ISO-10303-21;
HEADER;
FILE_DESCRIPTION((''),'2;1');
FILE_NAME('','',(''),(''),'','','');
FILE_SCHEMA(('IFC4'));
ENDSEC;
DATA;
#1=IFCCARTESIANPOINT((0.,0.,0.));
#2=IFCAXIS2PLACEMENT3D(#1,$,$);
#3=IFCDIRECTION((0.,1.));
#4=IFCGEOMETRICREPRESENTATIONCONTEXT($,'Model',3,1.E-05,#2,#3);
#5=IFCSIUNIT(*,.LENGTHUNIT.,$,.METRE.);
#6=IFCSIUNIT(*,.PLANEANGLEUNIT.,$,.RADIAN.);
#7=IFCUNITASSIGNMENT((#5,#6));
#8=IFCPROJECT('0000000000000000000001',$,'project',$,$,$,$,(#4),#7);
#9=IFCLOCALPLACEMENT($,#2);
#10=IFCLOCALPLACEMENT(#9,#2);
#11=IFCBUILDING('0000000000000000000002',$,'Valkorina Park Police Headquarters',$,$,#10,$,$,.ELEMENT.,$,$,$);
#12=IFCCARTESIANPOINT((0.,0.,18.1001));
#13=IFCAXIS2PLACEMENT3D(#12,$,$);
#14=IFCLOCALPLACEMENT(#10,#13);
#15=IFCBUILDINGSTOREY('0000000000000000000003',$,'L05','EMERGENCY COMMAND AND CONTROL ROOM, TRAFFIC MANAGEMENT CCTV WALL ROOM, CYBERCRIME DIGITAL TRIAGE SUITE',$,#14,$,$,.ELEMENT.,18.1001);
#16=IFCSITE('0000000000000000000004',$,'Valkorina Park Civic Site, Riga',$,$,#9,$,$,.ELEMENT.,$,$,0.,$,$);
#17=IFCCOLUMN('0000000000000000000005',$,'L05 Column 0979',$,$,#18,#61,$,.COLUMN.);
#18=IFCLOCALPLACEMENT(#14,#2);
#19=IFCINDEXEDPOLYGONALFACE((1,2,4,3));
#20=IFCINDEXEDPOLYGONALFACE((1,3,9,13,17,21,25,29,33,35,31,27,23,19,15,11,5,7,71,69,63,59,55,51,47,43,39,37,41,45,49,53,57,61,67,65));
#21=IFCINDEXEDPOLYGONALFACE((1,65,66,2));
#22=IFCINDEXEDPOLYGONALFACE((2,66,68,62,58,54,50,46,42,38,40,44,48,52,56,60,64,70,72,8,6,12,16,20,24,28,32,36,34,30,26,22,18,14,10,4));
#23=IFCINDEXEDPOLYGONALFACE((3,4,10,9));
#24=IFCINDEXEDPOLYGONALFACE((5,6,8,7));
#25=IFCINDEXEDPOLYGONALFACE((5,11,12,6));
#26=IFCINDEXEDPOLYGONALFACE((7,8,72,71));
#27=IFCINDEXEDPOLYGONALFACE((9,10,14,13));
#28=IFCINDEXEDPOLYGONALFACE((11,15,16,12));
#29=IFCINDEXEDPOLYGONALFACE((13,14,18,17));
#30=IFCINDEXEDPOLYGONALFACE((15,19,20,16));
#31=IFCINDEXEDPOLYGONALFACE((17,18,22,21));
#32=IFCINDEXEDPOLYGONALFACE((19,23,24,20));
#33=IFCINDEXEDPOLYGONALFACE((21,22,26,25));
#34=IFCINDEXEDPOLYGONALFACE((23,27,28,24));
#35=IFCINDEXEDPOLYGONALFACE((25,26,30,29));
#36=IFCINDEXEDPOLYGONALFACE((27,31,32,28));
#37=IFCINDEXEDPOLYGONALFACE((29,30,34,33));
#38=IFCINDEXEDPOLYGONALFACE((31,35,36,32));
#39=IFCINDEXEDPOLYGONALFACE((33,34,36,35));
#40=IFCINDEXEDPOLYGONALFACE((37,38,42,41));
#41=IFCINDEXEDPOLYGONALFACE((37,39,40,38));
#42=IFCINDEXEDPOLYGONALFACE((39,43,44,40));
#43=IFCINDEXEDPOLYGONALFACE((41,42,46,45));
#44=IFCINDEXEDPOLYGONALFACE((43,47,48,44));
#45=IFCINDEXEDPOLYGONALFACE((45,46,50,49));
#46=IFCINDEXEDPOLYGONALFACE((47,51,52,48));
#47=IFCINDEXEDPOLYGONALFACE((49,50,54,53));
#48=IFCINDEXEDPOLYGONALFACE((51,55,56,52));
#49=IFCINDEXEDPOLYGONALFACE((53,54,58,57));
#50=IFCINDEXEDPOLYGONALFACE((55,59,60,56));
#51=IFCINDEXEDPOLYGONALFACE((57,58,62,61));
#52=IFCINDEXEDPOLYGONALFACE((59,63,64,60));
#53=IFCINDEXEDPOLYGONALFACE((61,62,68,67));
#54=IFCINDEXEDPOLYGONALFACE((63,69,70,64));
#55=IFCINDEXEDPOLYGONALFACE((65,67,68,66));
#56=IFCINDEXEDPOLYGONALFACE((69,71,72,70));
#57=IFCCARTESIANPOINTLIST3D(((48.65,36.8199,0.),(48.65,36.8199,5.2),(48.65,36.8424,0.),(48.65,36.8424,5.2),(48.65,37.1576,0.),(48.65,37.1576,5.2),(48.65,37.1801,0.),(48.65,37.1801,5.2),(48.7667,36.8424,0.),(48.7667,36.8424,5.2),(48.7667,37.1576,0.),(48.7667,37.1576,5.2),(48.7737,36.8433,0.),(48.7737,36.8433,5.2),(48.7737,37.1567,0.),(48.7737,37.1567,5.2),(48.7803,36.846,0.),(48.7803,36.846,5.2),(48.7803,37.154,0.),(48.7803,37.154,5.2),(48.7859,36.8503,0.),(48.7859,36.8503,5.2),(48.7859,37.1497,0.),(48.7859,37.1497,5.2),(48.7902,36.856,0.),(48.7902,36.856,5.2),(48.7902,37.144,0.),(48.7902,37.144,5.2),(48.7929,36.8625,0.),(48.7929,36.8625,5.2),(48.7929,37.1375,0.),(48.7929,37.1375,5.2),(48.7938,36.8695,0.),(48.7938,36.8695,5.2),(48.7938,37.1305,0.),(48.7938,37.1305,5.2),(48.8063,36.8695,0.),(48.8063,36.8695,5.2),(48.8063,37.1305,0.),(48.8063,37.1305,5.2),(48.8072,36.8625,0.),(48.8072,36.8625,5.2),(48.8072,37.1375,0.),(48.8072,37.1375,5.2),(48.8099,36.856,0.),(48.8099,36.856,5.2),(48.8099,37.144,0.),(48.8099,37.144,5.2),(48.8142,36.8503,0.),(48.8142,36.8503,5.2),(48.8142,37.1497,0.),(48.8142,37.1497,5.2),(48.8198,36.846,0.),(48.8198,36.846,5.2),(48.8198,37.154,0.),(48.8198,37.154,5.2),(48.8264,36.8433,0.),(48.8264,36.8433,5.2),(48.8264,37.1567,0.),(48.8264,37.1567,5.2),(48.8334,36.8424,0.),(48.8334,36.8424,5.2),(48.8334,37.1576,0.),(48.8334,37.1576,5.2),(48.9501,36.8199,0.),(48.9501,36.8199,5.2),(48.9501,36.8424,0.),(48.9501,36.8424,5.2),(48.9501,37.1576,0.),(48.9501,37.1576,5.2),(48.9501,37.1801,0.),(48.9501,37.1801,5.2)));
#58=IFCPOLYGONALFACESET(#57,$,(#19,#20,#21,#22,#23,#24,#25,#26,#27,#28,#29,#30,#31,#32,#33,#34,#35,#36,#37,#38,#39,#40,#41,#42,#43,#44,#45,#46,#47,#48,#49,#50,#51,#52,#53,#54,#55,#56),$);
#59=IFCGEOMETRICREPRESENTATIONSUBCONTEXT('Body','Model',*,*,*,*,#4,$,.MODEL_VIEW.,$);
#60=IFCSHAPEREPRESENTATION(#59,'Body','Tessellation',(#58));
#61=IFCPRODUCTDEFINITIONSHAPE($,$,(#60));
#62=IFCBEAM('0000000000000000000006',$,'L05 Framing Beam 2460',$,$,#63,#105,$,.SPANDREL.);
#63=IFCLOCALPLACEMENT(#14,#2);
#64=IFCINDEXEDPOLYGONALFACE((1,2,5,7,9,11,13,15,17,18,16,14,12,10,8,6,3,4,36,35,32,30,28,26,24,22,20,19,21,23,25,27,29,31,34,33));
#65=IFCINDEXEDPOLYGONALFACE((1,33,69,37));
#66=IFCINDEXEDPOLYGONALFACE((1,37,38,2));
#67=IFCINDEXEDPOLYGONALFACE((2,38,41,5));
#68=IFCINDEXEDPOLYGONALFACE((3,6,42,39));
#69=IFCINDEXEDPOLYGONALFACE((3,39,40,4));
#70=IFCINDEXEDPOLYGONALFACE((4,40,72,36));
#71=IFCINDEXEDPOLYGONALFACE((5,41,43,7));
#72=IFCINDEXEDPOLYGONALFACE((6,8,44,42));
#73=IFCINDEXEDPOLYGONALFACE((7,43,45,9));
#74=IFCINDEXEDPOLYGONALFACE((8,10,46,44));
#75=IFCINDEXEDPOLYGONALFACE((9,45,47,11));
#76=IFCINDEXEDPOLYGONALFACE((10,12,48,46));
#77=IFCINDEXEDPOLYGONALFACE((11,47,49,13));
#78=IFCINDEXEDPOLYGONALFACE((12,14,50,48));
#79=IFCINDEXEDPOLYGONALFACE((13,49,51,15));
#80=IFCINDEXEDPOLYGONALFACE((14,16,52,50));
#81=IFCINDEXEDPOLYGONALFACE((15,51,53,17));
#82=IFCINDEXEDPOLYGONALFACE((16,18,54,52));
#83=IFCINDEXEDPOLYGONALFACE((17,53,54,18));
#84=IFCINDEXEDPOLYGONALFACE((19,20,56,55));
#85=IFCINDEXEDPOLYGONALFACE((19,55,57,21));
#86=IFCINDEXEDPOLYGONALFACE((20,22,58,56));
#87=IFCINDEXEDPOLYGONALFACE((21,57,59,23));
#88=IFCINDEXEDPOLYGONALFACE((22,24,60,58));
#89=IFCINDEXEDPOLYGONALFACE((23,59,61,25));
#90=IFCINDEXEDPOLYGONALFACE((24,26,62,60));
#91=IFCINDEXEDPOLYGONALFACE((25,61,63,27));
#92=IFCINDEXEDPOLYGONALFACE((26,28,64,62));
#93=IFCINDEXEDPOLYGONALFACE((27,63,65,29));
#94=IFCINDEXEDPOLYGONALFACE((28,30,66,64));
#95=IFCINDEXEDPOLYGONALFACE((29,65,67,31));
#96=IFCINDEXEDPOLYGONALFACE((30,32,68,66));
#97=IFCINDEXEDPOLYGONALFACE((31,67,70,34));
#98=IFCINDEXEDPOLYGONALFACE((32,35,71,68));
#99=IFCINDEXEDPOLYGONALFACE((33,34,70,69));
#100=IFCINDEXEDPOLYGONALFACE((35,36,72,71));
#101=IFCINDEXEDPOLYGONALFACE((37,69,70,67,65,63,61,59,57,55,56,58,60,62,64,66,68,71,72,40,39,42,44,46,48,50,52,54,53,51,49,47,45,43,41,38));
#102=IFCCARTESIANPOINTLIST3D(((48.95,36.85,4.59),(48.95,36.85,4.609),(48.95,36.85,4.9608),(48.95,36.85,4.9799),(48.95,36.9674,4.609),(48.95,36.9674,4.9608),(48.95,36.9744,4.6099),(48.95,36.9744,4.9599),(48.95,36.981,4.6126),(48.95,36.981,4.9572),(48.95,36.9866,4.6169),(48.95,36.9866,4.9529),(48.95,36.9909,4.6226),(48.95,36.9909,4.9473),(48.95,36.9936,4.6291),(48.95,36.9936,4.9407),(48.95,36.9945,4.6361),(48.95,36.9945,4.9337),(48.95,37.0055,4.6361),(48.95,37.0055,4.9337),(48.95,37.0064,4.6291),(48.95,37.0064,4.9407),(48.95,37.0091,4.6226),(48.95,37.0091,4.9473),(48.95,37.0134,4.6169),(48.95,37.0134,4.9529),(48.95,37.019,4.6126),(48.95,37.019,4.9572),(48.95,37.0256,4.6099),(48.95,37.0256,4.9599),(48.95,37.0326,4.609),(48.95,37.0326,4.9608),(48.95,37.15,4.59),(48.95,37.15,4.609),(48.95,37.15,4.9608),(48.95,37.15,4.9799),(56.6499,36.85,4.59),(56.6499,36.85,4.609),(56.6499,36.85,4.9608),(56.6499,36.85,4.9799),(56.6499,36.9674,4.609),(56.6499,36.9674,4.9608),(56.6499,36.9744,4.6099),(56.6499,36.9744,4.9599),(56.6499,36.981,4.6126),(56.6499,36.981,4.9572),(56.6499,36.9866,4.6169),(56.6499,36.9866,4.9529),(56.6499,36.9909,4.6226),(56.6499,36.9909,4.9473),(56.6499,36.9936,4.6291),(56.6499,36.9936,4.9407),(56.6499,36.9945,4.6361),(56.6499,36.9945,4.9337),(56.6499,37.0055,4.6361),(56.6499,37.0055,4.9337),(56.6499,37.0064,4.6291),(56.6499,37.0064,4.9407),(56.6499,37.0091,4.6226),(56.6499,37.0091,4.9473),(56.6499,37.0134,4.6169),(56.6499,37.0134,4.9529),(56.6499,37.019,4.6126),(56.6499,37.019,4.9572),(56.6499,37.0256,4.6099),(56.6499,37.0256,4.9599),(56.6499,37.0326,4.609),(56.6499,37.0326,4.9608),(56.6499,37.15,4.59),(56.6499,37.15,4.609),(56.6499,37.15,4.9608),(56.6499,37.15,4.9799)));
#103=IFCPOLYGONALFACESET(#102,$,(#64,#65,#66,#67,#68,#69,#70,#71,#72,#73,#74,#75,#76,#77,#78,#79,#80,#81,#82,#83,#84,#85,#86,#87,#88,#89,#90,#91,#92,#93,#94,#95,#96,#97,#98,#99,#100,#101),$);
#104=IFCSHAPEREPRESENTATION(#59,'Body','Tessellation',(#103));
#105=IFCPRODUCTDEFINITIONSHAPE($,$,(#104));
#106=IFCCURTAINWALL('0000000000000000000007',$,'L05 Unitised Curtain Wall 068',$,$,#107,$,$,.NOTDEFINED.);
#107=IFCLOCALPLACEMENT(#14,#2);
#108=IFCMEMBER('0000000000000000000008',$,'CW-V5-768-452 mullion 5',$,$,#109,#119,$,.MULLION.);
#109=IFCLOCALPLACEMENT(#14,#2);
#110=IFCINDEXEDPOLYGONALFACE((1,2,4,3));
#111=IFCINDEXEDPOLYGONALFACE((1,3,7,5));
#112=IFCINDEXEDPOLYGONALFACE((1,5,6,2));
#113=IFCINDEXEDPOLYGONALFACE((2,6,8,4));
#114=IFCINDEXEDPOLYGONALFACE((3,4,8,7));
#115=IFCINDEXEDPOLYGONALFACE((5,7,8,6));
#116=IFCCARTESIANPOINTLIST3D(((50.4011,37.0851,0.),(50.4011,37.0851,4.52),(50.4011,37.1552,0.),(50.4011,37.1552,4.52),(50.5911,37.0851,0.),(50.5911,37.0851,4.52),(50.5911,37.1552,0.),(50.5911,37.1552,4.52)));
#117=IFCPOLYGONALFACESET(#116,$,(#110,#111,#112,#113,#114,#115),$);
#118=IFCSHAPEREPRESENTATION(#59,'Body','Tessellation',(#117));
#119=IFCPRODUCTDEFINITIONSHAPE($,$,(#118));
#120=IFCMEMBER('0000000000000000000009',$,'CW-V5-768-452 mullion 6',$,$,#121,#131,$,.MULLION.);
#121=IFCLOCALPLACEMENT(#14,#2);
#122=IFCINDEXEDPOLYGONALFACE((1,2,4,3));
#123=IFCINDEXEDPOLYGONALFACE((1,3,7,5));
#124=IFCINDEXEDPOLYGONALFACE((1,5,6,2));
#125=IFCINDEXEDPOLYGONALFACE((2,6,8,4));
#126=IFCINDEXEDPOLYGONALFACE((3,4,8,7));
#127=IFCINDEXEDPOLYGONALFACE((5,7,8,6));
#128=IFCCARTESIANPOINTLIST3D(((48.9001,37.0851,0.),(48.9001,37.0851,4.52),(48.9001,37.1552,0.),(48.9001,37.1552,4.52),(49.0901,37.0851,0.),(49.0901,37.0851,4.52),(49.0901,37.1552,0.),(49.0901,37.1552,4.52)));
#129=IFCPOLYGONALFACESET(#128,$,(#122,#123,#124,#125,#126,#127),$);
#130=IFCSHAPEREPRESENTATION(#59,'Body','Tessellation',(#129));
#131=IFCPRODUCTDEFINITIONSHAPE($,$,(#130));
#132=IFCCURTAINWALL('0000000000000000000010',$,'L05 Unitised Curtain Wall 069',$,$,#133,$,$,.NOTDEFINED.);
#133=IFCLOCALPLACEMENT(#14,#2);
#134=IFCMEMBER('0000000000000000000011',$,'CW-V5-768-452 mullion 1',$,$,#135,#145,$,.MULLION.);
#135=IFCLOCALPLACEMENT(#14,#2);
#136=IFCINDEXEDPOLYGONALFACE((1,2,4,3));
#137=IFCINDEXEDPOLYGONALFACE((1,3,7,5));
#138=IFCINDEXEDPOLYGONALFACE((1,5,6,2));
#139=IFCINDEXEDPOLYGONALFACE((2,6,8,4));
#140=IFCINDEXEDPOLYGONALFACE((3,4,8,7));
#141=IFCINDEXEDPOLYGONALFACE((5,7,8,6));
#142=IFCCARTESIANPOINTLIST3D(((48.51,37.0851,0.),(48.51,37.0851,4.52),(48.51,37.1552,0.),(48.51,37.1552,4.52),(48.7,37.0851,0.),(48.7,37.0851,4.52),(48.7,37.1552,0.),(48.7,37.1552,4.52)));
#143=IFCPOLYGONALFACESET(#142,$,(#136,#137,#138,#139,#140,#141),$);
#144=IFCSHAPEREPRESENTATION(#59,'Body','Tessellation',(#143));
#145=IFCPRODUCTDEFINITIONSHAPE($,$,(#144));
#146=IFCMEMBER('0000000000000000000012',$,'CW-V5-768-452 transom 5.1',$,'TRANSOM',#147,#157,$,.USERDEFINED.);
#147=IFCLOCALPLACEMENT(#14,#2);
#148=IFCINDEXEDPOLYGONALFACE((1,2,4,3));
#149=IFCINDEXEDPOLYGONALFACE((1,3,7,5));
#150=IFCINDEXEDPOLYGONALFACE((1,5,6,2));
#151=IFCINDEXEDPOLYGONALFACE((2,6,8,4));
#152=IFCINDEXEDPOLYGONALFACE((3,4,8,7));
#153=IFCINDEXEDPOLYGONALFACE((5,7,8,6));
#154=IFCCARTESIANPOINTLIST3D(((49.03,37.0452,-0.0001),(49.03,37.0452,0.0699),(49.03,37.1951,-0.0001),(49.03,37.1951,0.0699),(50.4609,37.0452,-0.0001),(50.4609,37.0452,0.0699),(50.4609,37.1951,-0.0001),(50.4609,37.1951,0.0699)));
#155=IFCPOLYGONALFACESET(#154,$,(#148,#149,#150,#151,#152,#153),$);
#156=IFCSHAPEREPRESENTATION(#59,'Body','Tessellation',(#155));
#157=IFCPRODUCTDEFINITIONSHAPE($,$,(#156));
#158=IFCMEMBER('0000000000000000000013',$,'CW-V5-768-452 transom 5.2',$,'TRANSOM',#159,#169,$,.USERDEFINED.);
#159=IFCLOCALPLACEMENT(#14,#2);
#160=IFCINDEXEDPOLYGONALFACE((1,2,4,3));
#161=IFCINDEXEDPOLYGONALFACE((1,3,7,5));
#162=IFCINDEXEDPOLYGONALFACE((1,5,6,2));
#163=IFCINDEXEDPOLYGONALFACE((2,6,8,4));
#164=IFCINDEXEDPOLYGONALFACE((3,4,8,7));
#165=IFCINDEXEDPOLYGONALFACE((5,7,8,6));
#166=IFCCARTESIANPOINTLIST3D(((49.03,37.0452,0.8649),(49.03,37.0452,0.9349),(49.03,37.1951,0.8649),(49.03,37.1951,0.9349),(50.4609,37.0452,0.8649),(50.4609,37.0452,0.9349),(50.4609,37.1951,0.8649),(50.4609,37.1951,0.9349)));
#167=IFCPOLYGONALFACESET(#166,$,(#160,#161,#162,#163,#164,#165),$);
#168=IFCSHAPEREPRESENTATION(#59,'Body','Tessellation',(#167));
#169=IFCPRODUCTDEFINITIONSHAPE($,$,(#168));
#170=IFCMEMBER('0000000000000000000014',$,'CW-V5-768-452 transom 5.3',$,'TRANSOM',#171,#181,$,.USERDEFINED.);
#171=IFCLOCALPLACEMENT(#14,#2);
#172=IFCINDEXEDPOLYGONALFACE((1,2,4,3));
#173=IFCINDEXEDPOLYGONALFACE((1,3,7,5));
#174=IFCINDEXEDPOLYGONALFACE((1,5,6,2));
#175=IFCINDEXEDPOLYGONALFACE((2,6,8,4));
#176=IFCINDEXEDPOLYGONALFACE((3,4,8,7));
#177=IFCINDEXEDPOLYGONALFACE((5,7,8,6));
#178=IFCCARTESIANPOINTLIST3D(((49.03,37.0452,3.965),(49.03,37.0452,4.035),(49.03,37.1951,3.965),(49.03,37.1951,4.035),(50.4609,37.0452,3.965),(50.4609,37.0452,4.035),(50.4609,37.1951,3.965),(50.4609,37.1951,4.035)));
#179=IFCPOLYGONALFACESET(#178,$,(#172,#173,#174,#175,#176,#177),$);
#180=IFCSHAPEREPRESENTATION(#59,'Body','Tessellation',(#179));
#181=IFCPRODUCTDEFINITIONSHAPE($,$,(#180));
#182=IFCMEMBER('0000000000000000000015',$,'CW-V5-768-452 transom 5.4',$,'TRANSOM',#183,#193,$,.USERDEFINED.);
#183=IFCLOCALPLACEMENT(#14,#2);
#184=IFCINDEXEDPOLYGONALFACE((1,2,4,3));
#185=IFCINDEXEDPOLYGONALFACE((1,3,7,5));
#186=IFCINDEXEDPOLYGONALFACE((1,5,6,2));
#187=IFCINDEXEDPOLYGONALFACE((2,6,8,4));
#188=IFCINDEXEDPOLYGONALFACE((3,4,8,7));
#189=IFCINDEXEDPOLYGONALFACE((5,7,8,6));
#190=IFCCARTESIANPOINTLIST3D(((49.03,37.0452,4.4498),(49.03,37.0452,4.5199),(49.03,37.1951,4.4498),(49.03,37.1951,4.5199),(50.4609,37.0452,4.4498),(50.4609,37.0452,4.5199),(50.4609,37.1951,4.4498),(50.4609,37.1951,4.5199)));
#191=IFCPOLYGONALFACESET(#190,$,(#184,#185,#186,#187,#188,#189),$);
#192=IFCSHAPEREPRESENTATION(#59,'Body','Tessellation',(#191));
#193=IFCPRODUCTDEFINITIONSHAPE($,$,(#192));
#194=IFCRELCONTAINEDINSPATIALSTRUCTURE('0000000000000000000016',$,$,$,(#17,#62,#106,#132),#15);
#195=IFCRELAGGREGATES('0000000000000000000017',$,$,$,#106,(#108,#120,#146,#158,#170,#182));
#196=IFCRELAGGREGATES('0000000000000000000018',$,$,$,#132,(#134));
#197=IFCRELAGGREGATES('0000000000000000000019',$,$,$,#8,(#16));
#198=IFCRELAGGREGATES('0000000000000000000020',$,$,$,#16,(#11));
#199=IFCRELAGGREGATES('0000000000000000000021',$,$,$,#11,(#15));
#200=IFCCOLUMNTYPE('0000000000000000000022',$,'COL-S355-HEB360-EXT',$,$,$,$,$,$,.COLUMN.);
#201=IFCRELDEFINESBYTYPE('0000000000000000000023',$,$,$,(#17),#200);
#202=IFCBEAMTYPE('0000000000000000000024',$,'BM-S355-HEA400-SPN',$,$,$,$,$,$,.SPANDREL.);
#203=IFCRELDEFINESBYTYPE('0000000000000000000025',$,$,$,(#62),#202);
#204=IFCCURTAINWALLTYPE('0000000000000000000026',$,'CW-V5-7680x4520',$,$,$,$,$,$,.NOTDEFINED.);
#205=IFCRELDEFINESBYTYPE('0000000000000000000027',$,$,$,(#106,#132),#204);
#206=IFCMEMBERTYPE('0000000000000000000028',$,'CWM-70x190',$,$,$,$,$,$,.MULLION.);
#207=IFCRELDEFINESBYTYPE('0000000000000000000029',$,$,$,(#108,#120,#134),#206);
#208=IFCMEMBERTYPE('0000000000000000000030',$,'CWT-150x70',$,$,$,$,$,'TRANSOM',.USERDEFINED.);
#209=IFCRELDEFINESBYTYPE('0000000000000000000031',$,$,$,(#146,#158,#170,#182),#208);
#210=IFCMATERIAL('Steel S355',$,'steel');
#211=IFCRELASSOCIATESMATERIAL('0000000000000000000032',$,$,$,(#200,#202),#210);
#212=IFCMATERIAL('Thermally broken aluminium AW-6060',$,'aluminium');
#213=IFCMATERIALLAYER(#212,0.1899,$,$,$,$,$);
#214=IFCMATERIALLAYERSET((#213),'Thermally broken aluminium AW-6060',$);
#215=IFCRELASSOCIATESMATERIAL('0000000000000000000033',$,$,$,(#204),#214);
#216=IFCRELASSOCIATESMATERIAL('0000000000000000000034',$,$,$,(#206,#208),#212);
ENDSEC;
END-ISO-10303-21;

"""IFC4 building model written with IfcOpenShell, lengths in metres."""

from ifc_helpers import new_model, si_unit, direction, frame, origin, origin_2d, place, context, subcontext, project, spatial, rectangle, i_section, extrude, material, layer, layer_set, material_profile, profile_set, type_object, element, aggregate, save


model = new_model("IFC4")

# Units and contexts
model_context = context("Model", 3, precision=1e-05, world=origin(), true_north=direction((0.0, 1.0)))
body_context = subcontext(model_context, "Body", "Model", "MODEL_VIEW")
ifc_project = project(units=[si_unit("LENGTHUNIT", "METRE"), si_unit("PLANEANGLEUNIT", "RADIAN")], contexts=[model_context])

# Site, building, storey
site_placement = place(None, origin())
site = spatial("IfcSite", under=ifc_project, at=site_placement, Name="Valkorina Park Civic Site, Riga", CompositionType="ELEMENT", RefElevation=0.0)
building_placement = place(site_placement, origin())
building = spatial("IfcBuilding", under=site, at=building_placement, Name="Valkorina Park Police Headquarters", CompositionType="ELEMENT")
storey_placement = place(building_placement, frame((0.0, 0.0, 18.1001)))
storey = spatial("IfcBuildingStorey", under=building, at=storey_placement, Name="L05", Description="EMERGENCY COMMAND AND CONTROL ROOM, TRAFFIC MANAGEMENT CCTV WALL ROOM, CYBERCRIME DIGITAL TRIAGE SUITE", CompositionType="ELEMENT", Elevation=18.1001)

# Column
ifc_material_1 = material(Name="Steel S355", Category="steel")
ifc_material_profile_1 = material_profile(ifc_material_1, i_section(OverallWidth=0.3, OverallDepth=0.3601, WebThickness=0.0125, FlangeThickness=0.0225, FilletRadius=0.0271, at=origin_2d()), Name="HEB 360")
ifc_profile_set_1 = profile_set([ifc_material_profile_1], Name="Steel S355")
column_type = type_object("IfcColumnType", Name="COL-S355-HEB360-EXT", PredefinedType="COLUMN", material=ifc_profile_set_1)
column_placement = place(storey_placement, frame((48.8, 37.0, 0.0), z_axis=(0.0, 0.0, 1.0), x_axis=(1.0, 0.0, 0.0)))
element("IfcColumn", 1, at=column_placement, inside=storey, type_object=column_type, Name="L05 Column 0979", PredefinedType="COLUMN", context=body_context, shape_type="SweptSolid", body=[
    extrude(i_section(OverallWidth=0.3, OverallDepth=0.3601, WebThickness=0.0125, FlangeThickness=0.0225, FilletRadius=0.0271, at=origin_2d()), origin(), (0.0, 0.0, 1.0), 5.2),
])

# Beam
ifc_material_profile_2 = material_profile(ifc_material_1, i_section(OverallWidth=0.3, OverallDepth=0.3899, WebThickness=0.011, FlangeThickness=0.019, FilletRadius=0.0271, at=origin_2d()), Name="HEA 400")
ifc_profile_set_2 = profile_set([ifc_material_profile_2], Name="Steel S355")
beam_type = type_object("IfcBeamType", Name="BM-S355-HEA400-SPN", PredefinedType="SPANDREL", material=ifc_profile_set_2)
beam_placement = place(storey_placement, frame((48.95, 37.0, 4.7849), z_axis=(1.0, 0.0, 0.0), x_axis=(0.0, 1.0, 0.0)))
element("IfcBeam", 2, at=beam_placement, inside=storey, type_object=beam_type, Name="L05 Framing Beam 2460", PredefinedType="SPANDREL", context=body_context, shape_type="SweptSolid", body=[
    extrude(i_section(OverallWidth=0.3, OverallDepth=0.3899, WebThickness=0.011, FlangeThickness=0.019, FilletRadius=0.0271, at=origin_2d()), origin(), (0.0, 0.0, 1.0), 7.7),
])

# Curtain wall, members
ifc_material_2 = material(Name="Thermally broken aluminium AW-6060", Category="aluminium")
ifc_layer_1 = layer(ifc_material_2, 0.1899)
ifc_layer_set_1 = layer_set([ifc_layer_1], Name="Thermally broken aluminium AW-6060")
curtain_wall_type = type_object("IfcCurtainWallType", Name="CW-V5-7680x4520", PredefinedType="NOTDEFINED", material=ifc_layer_set_1)
curtain_wall_1_placement = place(storey_placement, origin())
curtain_wall_1 = element("IfcCurtainWall", 3, at=curtain_wall_1_placement, inside=storey, type_object=curtain_wall_type, Name="L05 Unitised Curtain Wall 068", PredefinedType="NOTDEFINED")
ifc_material_profile_3 = material_profile(ifc_material_2, rectangle(XDim=0.0701, YDim=0.1899, at=origin_2d()), Name="CWM-02 70x190")
ifc_profile_set_3 = profile_set([ifc_material_profile_3], Name="Thermally broken aluminium AW-6060")
member_type_1 = type_object("IfcMemberType", Name="CWM-70x190", PredefinedType="MULLION", material=ifc_profile_set_3)
member_1_placement = place(storey_placement, frame((50.4961, 37.1201, 0.0), z_axis=(0.0, 0.0, 1.0), x_axis=(0.0, -1.0, 0.0)))
member_1 = element("IfcMember", 4, at=member_1_placement, type_object=member_type_1, Name="CW-V5-768-452 mullion 5", PredefinedType="MULLION", context=body_context, shape_type="SweptSolid", body=[
    extrude(rectangle(XDim=0.0701, YDim=0.1899, at=origin_2d()), origin(), (0.0, 0.0, 1.0), 4.52),
])
member_2_placement = place(storey_placement, frame((48.9951, 37.1201, 0.0), z_axis=(0.0, 0.0, 1.0), x_axis=(0.0, -1.0, 0.0)))
member_2 = element("IfcMember", 5, at=member_2_placement, type_object=member_type_1, Name="CW-V5-768-452 mullion 6", PredefinedType="MULLION", context=body_context, shape_type="SweptSolid", body=[
    extrude(rectangle(XDim=0.0701, YDim=0.1899, at=origin_2d()), origin(), (0.0, 0.0, 1.0), 4.52),
])

# Curtain wall, member
curtain_wall_2_placement = place(storey_placement, origin())
curtain_wall_2 = element("IfcCurtainWall", 6, at=curtain_wall_2_placement, inside=storey, type_object=curtain_wall_type, Name="L05 Unitised Curtain Wall 069", PredefinedType="NOTDEFINED")
member_3_placement = place(storey_placement, frame((48.605, 37.1201, 0.0), z_axis=(0.0, 0.0, 1.0), x_axis=(0.0, -1.0, 0.0)))
member_3 = element("IfcMember", 7, at=member_3_placement, type_object=member_type_1, Name="CW-V5-768-452 mullion 1", PredefinedType="MULLION", context=body_context, shape_type="SweptSolid", body=[
    extrude(rectangle(XDim=0.0701, YDim=0.1899, at=origin_2d()), origin(), (0.0, 0.0, 1.0), 4.52),
])

# Members
ifc_material_profile_4 = material_profile(ifc_material_2, rectangle(XDim=0.1499, YDim=0.0701, at=origin_2d()), Name="CWT-02 150x70")
ifc_profile_set_4 = profile_set([ifc_material_profile_4], Name="Thermally broken aluminium AW-6060")
member_type_2 = type_object("IfcMemberType", Name="CWT-150x70", ElementType="TRANSOM", PredefinedType="USERDEFINED", material=ifc_profile_set_4)
member_4_placement = place(storey_placement, frame((50.4609, 37.1201, 0.0349), z_axis=(-1.0, 0.0, 0.0), x_axis=(0.0, -1.0, 0.0)))
member_4 = element("IfcMember", 8, at=member_4_placement, type_object=member_type_2, Name="CW-V5-768-452 transom 5.1", ObjectType="TRANSOM", PredefinedType="USERDEFINED", context=body_context, shape_type="SweptSolid", body=[
    extrude(rectangle(XDim=0.1499, YDim=0.0701, at=origin_2d()), origin(), (0.0, 0.0, 1.0), 1.4309),
])
member_5_placement = place(storey_placement, frame((50.4609, 37.1201, 0.8999), z_axis=(-1.0, 0.0, 0.0), x_axis=(0.0, -1.0, 0.0)))
member_5 = element("IfcMember", 9, at=member_5_placement, type_object=member_type_2, Name="CW-V5-768-452 transom 5.2", ObjectType="TRANSOM", PredefinedType="USERDEFINED", context=body_context, shape_type="SweptSolid", body=[
    extrude(rectangle(XDim=0.1499, YDim=0.0701, at=origin_2d()), origin(), (0.0, 0.0, 1.0), 1.4309),
])
member_6_placement = place(storey_placement, frame((50.4609, 37.1201, 4.0), z_axis=(-1.0, 0.0, 0.0), x_axis=(0.0, -1.0, 0.0)))
member_6 = element("IfcMember", 10, at=member_6_placement, type_object=member_type_2, Name="CW-V5-768-452 transom 5.3", ObjectType="TRANSOM", PredefinedType="USERDEFINED", context=body_context, shape_type="SweptSolid", body=[
    extrude(rectangle(XDim=0.1499, YDim=0.0701, at=origin_2d()), origin(), (0.0, 0.0, 1.0), 1.4309),
])
member_7_placement = place(storey_placement, frame((50.4609, 37.1201, 4.4849), z_axis=(-1.0, 0.0, 0.0), x_axis=(0.0, -1.0, 0.0)))
member_7 = element("IfcMember", 11, at=member_7_placement, type_object=member_type_2, Name="CW-V5-768-452 transom 5.4", ObjectType="TRANSOM", PredefinedType="USERDEFINED", context=body_context, shape_type="SweptSolid", body=[
    extrude(rectangle(XDim=0.1499, YDim=0.0701, at=origin_2d()), origin(), (0.0, 0.0, 1.0), 1.4309),
])

aggregate(curtain_wall_1, [member_1, member_2, member_4, member_5, member_6, member_7])
aggregate(curtain_wall_2, [member_3])

save(model, "model.ifc")
